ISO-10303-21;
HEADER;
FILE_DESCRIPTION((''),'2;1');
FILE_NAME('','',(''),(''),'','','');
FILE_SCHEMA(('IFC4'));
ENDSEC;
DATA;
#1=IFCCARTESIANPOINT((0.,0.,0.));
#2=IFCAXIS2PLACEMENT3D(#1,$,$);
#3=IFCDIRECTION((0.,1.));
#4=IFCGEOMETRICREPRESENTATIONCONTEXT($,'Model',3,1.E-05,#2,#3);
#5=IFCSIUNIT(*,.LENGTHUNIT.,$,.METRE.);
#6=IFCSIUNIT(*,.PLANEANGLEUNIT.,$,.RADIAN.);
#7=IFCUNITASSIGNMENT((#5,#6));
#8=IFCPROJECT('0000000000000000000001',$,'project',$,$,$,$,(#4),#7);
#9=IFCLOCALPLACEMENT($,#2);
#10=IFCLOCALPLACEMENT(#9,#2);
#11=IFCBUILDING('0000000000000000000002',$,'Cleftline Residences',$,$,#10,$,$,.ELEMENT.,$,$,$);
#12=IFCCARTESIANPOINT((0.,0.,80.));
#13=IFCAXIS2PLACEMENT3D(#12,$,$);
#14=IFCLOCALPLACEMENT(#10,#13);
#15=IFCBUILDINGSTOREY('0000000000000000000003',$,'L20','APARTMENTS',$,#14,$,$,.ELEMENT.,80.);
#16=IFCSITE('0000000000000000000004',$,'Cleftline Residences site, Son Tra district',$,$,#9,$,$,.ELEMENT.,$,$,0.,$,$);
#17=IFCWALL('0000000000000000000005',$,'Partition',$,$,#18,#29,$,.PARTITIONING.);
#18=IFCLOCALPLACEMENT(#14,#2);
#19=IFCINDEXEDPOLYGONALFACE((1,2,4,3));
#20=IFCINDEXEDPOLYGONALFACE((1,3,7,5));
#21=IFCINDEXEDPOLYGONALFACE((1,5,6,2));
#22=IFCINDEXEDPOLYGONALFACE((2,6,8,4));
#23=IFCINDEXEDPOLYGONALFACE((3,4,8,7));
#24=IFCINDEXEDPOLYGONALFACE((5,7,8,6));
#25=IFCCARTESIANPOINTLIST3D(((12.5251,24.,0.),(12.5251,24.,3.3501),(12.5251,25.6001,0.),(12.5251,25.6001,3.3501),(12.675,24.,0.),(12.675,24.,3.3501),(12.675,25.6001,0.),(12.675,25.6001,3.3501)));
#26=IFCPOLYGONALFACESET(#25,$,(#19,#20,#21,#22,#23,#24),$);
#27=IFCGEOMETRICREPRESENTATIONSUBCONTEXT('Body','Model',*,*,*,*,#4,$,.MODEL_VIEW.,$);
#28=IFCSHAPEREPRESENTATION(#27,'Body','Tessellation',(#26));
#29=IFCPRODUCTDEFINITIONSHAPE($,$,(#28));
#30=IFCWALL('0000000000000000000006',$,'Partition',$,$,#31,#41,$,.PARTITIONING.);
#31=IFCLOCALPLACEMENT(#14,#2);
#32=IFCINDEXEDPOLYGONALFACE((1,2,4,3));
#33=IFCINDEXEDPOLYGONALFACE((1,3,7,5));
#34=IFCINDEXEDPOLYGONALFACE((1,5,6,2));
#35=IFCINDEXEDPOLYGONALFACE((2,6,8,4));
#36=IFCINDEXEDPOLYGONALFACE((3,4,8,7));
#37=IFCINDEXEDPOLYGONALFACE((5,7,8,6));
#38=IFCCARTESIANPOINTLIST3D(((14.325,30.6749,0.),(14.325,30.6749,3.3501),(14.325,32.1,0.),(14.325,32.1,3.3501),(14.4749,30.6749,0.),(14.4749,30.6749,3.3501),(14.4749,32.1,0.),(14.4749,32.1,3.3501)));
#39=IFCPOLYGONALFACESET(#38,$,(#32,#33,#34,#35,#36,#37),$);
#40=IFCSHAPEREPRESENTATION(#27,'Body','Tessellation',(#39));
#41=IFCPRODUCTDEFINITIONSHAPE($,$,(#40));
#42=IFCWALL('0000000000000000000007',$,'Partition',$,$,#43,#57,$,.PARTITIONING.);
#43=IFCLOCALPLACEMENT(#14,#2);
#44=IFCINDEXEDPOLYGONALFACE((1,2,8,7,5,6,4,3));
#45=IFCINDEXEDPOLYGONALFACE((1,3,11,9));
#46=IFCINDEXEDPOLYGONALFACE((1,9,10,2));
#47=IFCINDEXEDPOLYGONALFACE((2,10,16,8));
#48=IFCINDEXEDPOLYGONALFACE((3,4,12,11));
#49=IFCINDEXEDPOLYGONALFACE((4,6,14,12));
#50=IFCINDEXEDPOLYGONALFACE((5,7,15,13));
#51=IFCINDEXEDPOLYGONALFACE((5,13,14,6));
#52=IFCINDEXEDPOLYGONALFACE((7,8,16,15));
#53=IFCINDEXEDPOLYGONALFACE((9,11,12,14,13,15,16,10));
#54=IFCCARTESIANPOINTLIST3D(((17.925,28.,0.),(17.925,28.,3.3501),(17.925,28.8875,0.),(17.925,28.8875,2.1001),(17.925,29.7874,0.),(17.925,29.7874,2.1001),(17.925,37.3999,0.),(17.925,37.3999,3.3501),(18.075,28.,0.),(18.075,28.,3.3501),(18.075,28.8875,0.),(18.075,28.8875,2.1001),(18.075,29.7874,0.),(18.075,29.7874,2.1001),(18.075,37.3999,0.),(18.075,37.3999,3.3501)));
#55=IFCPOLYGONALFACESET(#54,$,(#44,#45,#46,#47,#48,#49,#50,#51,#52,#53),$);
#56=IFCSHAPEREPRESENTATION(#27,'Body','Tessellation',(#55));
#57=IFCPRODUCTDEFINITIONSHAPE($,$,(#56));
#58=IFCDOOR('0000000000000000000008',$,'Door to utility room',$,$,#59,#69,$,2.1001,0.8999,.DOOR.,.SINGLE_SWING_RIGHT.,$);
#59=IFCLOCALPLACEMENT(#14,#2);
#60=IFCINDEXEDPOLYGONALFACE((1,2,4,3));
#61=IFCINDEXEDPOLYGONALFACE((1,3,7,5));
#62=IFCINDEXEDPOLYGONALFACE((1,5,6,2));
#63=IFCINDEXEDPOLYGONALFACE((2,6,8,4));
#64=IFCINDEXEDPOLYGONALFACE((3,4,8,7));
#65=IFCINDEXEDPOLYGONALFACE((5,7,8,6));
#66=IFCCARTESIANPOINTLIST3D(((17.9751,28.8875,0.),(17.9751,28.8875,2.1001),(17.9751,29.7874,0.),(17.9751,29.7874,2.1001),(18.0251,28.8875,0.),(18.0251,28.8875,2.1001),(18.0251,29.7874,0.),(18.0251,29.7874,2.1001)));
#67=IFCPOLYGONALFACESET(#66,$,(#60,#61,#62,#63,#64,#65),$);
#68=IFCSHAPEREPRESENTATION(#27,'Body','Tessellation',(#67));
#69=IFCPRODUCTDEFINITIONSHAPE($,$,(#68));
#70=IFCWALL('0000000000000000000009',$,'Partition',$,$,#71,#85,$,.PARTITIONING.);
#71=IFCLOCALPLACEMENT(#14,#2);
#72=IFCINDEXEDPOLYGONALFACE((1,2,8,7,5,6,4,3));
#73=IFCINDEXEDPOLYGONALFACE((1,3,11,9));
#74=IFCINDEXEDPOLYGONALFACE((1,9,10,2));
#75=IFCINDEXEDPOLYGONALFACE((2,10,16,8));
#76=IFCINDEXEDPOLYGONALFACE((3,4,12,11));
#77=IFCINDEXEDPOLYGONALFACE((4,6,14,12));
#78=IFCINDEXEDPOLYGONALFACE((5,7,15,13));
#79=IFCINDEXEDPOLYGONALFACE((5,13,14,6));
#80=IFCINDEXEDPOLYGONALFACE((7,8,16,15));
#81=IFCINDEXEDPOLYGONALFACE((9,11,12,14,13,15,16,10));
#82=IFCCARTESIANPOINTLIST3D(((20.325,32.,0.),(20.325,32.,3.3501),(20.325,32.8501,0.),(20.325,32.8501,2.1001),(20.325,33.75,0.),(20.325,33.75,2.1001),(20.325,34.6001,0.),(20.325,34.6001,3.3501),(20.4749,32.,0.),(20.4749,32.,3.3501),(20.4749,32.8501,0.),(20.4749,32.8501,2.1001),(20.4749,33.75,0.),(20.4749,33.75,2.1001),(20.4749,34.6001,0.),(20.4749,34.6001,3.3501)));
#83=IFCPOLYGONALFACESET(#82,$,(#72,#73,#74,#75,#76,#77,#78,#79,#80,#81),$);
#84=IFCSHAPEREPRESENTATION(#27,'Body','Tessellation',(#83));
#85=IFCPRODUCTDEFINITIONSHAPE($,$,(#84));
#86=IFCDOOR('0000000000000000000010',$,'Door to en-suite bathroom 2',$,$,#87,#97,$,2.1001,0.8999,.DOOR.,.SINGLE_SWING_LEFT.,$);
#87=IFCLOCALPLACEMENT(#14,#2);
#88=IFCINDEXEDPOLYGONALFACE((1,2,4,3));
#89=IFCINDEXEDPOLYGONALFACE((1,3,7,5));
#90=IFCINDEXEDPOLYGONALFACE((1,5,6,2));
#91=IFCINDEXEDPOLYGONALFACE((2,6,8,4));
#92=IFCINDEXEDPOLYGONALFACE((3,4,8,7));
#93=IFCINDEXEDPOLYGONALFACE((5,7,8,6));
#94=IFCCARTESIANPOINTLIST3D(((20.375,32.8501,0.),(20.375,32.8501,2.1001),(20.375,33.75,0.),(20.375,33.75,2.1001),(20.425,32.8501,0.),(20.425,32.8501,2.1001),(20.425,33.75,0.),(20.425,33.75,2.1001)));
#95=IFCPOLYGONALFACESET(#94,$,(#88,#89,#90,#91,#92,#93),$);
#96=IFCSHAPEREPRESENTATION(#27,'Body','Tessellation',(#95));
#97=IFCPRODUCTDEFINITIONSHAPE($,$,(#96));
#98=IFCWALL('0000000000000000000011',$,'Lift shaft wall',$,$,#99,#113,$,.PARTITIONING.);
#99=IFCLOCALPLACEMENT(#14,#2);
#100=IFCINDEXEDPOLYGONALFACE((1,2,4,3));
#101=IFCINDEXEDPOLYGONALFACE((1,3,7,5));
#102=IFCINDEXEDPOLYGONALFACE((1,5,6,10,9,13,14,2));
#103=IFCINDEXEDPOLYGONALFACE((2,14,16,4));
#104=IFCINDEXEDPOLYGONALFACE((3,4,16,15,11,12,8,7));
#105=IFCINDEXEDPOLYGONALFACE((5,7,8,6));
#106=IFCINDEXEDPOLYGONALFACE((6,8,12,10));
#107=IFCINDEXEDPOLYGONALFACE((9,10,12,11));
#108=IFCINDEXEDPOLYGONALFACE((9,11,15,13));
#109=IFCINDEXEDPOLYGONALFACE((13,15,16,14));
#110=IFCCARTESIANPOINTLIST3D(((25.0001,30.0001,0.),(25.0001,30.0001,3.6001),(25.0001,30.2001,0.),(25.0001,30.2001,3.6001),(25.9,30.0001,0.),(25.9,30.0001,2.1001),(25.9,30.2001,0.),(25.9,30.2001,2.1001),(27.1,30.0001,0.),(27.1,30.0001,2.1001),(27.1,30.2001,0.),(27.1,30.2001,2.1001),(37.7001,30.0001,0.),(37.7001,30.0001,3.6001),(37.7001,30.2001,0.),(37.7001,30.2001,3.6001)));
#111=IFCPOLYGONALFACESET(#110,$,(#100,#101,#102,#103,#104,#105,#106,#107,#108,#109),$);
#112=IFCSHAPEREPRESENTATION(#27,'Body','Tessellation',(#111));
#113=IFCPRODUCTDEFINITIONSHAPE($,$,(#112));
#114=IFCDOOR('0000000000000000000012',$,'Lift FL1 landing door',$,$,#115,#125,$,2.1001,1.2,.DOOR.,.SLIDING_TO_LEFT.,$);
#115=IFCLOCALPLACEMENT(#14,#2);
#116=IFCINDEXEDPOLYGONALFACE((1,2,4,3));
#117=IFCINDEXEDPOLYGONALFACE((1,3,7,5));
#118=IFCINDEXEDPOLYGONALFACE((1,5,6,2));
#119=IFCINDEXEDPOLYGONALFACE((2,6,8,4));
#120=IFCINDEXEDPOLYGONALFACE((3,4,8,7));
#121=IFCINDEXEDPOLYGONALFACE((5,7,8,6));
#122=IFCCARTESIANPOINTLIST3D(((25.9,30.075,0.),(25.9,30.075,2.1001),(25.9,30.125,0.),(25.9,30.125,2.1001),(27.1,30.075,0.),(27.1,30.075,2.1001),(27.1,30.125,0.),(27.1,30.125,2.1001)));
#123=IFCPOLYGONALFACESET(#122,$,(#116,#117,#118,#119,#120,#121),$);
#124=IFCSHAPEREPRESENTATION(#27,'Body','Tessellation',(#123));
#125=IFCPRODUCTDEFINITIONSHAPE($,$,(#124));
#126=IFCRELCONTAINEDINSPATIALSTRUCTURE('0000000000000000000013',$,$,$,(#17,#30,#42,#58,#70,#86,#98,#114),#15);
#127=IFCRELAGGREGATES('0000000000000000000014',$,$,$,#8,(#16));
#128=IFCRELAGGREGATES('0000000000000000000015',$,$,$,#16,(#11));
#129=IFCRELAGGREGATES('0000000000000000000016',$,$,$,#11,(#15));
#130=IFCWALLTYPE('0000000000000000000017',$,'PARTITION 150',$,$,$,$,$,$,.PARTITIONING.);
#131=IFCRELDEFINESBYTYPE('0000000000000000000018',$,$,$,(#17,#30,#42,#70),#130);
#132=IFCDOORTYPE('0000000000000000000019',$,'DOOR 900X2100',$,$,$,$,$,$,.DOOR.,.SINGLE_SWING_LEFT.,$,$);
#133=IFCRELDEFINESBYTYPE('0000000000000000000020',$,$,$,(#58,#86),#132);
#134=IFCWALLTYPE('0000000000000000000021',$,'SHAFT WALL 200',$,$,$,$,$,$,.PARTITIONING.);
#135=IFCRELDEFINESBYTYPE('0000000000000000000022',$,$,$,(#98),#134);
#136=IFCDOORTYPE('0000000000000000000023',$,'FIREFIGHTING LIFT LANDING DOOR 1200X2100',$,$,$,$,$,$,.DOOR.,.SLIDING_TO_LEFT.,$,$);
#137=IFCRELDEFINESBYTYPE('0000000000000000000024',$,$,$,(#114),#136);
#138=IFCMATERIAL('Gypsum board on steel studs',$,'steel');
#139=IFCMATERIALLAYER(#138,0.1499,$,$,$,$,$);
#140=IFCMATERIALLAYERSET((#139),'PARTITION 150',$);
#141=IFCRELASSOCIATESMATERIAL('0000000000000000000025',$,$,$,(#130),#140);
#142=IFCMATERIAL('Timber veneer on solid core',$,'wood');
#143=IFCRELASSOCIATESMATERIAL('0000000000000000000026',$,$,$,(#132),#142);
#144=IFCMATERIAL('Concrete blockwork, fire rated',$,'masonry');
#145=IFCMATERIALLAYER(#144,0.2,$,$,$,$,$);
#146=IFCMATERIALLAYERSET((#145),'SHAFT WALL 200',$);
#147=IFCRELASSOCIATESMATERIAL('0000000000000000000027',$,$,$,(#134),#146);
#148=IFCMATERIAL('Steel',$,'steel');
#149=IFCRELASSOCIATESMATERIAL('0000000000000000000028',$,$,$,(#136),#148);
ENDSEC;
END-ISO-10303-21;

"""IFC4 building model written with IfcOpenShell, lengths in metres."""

from ifc_helpers import new_model, si_unit, direction, frame, frame_2d, origin, place, context, subcontext, project, spatial, rectangle, extrude, material, layer, layer_set, type_object, element, fill, save


model = new_model("IFC4")

# Units and contexts
model_context = context("Model", 3, precision=1e-05, world=origin(), true_north=direction((0.0, 1.0)))
body_context = subcontext(model_context, "Body", "Model", "MODEL_VIEW")
ifc_project = project(units=[si_unit("LENGTHUNIT", "METRE"), si_unit("PLANEANGLEUNIT", "RADIAN")], contexts=[model_context])

# Site, building, storey
site_placement = place(None, origin())
site = spatial("IfcSite", under=ifc_project, at=site_placement, Name="Cleftline Residences site, Son Tra district", CompositionType="ELEMENT", RefElevation=0.0)
building_placement = place(site_placement, origin())
building = spatial("IfcBuilding", under=site, at=building_placement, Name="Cleftline Residences", CompositionType="ELEMENT")
storey_placement = place(building_placement, frame((0.0, 0.0, 80.0)))
storey = spatial("IfcBuildingStorey", under=building, at=storey_placement, Name="L20", Description="APARTMENTS", CompositionType="ELEMENT", Elevation=80.0)

# Shared definitions
ifc_material_1 = material(Name="Gypsum board on steel studs", Category="steel")
ifc_layer_1 = layer(ifc_material_1, 0.1499)
ifc_layer_set_1 = layer_set([ifc_layer_1], Name="PARTITION 150")
wall_type_1 = type_object("IfcWallType", Name="PARTITION 150", PredefinedType="PARTITIONING", material=ifc_layer_set_1)
ifc_material_2 = material(Name="Timber veneer on solid core", Category="wood")
door_type_1 = type_object("IfcDoorType", Name="DOOR 900X2100", OperationType="SINGLE_SWING_LEFT", PredefinedType="DOOR", material=ifc_material_2)

# Walls
wall_1_placement = place(storey_placement, frame((12.6001, 24.0, 0.0), z_axis=(0.0, 0.0, 1.0), x_axis=(0.0, 1.0, 0.0)))
element("IfcWall", 1, at=wall_1_placement, inside=storey, type_object=wall_type_1, Name="Partition", PredefinedType="PARTITIONING", context=body_context, shape_type="SweptSolid", body=[
    extrude(rectangle(XDim=1.6001, YDim=0.1499, at=frame_2d((0.8, 0.0))), origin(), (0.0, 0.0, 1.0), 3.3501),
])
wall_2_placement = place(storey_placement, frame((14.3999, 30.675, 0.0), z_axis=(0.0, 0.0, 1.0), x_axis=(0.0, 1.0, 0.0)))
element("IfcWall", 2, at=wall_2_placement, inside=storey, type_object=wall_type_1, Name="Partition", PredefinedType="PARTITIONING", context=body_context, shape_type="SweptSolid", body=[
    extrude(rectangle(XDim=1.425, YDim=0.1499, at=frame_2d((0.7124, 0.0))), origin(), (0.0, 0.0, 1.0), 3.3501),
])

# Walls, openings, doors
wall_3_placement = place(storey_placement, frame((18.0, 28.0, 0.0), z_axis=(0.0, 0.0, 1.0), x_axis=(0.0, 1.0, 0.0)))
wall_3 = element("IfcWall", 3, at=wall_3_placement, inside=storey, type_object=wall_type_1, Name="Partition", PredefinedType="PARTITIONING", context=body_context, shape_type="SweptSolid", body=[
    extrude(rectangle(XDim=9.3999, YDim=0.1499, at=frame_2d((4.7, 0.0))), origin(), (0.0, 0.0, 1.0), 3.3501),
])
opening_1_placement = place(wall_3_placement, frame((0.8875, 0.0, 0.0)))
opening_1 = element("IfcOpeningElement", 4, at=opening_1_placement, cuts=wall_3, PredefinedType="OPENING", context=body_context, shape_type="SweptSolid", body=[
    extrude(rectangle(XDim=0.8999, YDim=2.1001, at=frame_2d((0.45, 1.05))), frame((0.0, 0.085, 0.0), z_axis=(0.0, -1.0, 0.0), x_axis=(1.0, 0.0, 0.0)), (0.0, 0.0, 1.0), 0.1699),
])
door_1_placement = place(opening_1_placement, origin())
door_1 = element("IfcDoor", 5, at=door_1_placement, inside=storey, type_object=door_type_1, Name="Door to utility room", OperationType="SINGLE_SWING_RIGHT", OverallHeight=2.1001, OverallWidth=0.8999, PredefinedType="DOOR", context=body_context, shape_type="SweptSolid", body=[
    extrude(rectangle(XDim=0.8999, YDim=2.1001, at=frame_2d((0.45, 1.05))), frame((0.0, 0.0249, 0.0), z_axis=(0.0, -1.0, 0.0), x_axis=(1.0, 0.0, 0.0)), (0.0, 0.0, 1.0), 0.05),
])
fill(opening_1, door_1)
wall_4_placement = place(storey_placement, frame((20.3999, 32.0, 0.0), z_axis=(0.0, 0.0, 1.0), x_axis=(0.0, 1.0, 0.0)))
wall_4 = element("IfcWall", 6, at=wall_4_placement, inside=storey, type_object=wall_type_1, Name="Partition", PredefinedType="PARTITIONING", context=body_context, shape_type="SweptSolid", body=[
    extrude(rectangle(XDim=2.6001, YDim=0.1499, at=frame_2d((1.3, 0.0))), origin(), (0.0, 0.0, 1.0), 3.3501),
])
opening_2_placement = place(wall_4_placement, frame((0.8501, 0.0, 0.0)))
opening_2 = element("IfcOpeningElement", 7, at=opening_2_placement, cuts=wall_4, PredefinedType="OPENING", context=body_context, shape_type="SweptSolid", body=[
    extrude(rectangle(XDim=0.8999, YDim=2.1001, at=frame_2d((0.45, 1.05))), frame((0.0, 0.085, 0.0), z_axis=(0.0, -1.0, 0.0), x_axis=(1.0, 0.0, 0.0)), (0.0, 0.0, 1.0), 0.1699),
])
door_2_placement = place(opening_2_placement, origin())
door_2 = element("IfcDoor", 8, at=door_2_placement, inside=storey, type_object=door_type_1, Name="Door to en-suite bathroom 2", OperationType="SINGLE_SWING_LEFT", OverallHeight=2.1001, OverallWidth=0.8999, PredefinedType="DOOR", context=body_context, shape_type="SweptSolid", body=[
    extrude(rectangle(XDim=0.8999, YDim=2.1001, at=frame_2d((0.45, 1.05))), frame((0.0, 0.0249, 0.0), z_axis=(0.0, -1.0, 0.0), x_axis=(1.0, 0.0, 0.0)), (0.0, 0.0, 1.0), 0.05),
])
fill(opening_2, door_2)
ifc_material_3 = material(Name="Concrete blockwork, fire rated", Category="masonry")
ifc_layer_2 = layer(ifc_material_3, 0.2)
ifc_layer_set_2 = layer_set([ifc_layer_2], Name="SHAFT WALL 200")
wall_type_2 = type_object("IfcWallType", Name="SHAFT WALL 200", PredefinedType="PARTITIONING", material=ifc_layer_set_2)
wall_5_placement = place(storey_placement, frame((25.0, 30.1001, 0.0), z_axis=(0.0, 0.0, 1.0), x_axis=(1.0, 0.0, 0.0)))
wall_5 = element("IfcWall", 9, at=wall_5_placement, inside=storey, type_object=wall_type_2, Name="Lift shaft wall", PredefinedType="PARTITIONING", context=body_context, shape_type="SweptSolid", body=[
    extrude(rectangle(XDim=12.7, YDim=0.2, at=frame_2d((6.3501, 0.0))), origin(), (0.0, 0.0, 1.0), 3.6001),
])
opening_3_placement = place(wall_5_placement, frame((0.8999, 0.0, 0.0)))
opening_3 = element("IfcOpeningElement", 10, at=opening_3_placement, cuts=wall_5, PredefinedType="OPENING", context=body_context, shape_type="SweptSolid", body=[
    extrude(rectangle(XDim=1.2, YDim=2.1001, at=frame_2d((0.6001, 1.05))), frame((0.0, 0.1099, 0.0), z_axis=(0.0, -1.0, 0.0), x_axis=(1.0, 0.0, 0.0)), (0.0, 0.0, 1.0), 0.22),
])
ifc_material_4 = material(Name="Steel", Category="steel")
door_type_2 = type_object("IfcDoorType", Name="FIREFIGHTING LIFT LANDING DOOR 1200X2100", OperationType="SLIDING_TO_LEFT", PredefinedType="DOOR", material=ifc_material_4)
door_3_placement = place(opening_3_placement, origin())
door_3 = element("IfcDoor", 11, at=door_3_placement, inside=storey, type_object=door_type_2, Name="Lift FL1 landing door", OperationType="SLIDING_TO_LEFT", OverallHeight=2.1001, OverallWidth=1.2, PredefinedType="DOOR", context=body_context, shape_type="SweptSolid", body=[
    extrude(rectangle(XDim=1.2, YDim=2.1001, at=frame_2d((0.6001, 1.05))), frame((0.0, 0.0249, 0.0), z_axis=(0.0, -1.0, 0.0), x_axis=(1.0, 0.0, 0.0)), (0.0, 0.0, 1.0), 0.05),
])
fill(opening_3, door_3)

save(model, "model.ifc")
